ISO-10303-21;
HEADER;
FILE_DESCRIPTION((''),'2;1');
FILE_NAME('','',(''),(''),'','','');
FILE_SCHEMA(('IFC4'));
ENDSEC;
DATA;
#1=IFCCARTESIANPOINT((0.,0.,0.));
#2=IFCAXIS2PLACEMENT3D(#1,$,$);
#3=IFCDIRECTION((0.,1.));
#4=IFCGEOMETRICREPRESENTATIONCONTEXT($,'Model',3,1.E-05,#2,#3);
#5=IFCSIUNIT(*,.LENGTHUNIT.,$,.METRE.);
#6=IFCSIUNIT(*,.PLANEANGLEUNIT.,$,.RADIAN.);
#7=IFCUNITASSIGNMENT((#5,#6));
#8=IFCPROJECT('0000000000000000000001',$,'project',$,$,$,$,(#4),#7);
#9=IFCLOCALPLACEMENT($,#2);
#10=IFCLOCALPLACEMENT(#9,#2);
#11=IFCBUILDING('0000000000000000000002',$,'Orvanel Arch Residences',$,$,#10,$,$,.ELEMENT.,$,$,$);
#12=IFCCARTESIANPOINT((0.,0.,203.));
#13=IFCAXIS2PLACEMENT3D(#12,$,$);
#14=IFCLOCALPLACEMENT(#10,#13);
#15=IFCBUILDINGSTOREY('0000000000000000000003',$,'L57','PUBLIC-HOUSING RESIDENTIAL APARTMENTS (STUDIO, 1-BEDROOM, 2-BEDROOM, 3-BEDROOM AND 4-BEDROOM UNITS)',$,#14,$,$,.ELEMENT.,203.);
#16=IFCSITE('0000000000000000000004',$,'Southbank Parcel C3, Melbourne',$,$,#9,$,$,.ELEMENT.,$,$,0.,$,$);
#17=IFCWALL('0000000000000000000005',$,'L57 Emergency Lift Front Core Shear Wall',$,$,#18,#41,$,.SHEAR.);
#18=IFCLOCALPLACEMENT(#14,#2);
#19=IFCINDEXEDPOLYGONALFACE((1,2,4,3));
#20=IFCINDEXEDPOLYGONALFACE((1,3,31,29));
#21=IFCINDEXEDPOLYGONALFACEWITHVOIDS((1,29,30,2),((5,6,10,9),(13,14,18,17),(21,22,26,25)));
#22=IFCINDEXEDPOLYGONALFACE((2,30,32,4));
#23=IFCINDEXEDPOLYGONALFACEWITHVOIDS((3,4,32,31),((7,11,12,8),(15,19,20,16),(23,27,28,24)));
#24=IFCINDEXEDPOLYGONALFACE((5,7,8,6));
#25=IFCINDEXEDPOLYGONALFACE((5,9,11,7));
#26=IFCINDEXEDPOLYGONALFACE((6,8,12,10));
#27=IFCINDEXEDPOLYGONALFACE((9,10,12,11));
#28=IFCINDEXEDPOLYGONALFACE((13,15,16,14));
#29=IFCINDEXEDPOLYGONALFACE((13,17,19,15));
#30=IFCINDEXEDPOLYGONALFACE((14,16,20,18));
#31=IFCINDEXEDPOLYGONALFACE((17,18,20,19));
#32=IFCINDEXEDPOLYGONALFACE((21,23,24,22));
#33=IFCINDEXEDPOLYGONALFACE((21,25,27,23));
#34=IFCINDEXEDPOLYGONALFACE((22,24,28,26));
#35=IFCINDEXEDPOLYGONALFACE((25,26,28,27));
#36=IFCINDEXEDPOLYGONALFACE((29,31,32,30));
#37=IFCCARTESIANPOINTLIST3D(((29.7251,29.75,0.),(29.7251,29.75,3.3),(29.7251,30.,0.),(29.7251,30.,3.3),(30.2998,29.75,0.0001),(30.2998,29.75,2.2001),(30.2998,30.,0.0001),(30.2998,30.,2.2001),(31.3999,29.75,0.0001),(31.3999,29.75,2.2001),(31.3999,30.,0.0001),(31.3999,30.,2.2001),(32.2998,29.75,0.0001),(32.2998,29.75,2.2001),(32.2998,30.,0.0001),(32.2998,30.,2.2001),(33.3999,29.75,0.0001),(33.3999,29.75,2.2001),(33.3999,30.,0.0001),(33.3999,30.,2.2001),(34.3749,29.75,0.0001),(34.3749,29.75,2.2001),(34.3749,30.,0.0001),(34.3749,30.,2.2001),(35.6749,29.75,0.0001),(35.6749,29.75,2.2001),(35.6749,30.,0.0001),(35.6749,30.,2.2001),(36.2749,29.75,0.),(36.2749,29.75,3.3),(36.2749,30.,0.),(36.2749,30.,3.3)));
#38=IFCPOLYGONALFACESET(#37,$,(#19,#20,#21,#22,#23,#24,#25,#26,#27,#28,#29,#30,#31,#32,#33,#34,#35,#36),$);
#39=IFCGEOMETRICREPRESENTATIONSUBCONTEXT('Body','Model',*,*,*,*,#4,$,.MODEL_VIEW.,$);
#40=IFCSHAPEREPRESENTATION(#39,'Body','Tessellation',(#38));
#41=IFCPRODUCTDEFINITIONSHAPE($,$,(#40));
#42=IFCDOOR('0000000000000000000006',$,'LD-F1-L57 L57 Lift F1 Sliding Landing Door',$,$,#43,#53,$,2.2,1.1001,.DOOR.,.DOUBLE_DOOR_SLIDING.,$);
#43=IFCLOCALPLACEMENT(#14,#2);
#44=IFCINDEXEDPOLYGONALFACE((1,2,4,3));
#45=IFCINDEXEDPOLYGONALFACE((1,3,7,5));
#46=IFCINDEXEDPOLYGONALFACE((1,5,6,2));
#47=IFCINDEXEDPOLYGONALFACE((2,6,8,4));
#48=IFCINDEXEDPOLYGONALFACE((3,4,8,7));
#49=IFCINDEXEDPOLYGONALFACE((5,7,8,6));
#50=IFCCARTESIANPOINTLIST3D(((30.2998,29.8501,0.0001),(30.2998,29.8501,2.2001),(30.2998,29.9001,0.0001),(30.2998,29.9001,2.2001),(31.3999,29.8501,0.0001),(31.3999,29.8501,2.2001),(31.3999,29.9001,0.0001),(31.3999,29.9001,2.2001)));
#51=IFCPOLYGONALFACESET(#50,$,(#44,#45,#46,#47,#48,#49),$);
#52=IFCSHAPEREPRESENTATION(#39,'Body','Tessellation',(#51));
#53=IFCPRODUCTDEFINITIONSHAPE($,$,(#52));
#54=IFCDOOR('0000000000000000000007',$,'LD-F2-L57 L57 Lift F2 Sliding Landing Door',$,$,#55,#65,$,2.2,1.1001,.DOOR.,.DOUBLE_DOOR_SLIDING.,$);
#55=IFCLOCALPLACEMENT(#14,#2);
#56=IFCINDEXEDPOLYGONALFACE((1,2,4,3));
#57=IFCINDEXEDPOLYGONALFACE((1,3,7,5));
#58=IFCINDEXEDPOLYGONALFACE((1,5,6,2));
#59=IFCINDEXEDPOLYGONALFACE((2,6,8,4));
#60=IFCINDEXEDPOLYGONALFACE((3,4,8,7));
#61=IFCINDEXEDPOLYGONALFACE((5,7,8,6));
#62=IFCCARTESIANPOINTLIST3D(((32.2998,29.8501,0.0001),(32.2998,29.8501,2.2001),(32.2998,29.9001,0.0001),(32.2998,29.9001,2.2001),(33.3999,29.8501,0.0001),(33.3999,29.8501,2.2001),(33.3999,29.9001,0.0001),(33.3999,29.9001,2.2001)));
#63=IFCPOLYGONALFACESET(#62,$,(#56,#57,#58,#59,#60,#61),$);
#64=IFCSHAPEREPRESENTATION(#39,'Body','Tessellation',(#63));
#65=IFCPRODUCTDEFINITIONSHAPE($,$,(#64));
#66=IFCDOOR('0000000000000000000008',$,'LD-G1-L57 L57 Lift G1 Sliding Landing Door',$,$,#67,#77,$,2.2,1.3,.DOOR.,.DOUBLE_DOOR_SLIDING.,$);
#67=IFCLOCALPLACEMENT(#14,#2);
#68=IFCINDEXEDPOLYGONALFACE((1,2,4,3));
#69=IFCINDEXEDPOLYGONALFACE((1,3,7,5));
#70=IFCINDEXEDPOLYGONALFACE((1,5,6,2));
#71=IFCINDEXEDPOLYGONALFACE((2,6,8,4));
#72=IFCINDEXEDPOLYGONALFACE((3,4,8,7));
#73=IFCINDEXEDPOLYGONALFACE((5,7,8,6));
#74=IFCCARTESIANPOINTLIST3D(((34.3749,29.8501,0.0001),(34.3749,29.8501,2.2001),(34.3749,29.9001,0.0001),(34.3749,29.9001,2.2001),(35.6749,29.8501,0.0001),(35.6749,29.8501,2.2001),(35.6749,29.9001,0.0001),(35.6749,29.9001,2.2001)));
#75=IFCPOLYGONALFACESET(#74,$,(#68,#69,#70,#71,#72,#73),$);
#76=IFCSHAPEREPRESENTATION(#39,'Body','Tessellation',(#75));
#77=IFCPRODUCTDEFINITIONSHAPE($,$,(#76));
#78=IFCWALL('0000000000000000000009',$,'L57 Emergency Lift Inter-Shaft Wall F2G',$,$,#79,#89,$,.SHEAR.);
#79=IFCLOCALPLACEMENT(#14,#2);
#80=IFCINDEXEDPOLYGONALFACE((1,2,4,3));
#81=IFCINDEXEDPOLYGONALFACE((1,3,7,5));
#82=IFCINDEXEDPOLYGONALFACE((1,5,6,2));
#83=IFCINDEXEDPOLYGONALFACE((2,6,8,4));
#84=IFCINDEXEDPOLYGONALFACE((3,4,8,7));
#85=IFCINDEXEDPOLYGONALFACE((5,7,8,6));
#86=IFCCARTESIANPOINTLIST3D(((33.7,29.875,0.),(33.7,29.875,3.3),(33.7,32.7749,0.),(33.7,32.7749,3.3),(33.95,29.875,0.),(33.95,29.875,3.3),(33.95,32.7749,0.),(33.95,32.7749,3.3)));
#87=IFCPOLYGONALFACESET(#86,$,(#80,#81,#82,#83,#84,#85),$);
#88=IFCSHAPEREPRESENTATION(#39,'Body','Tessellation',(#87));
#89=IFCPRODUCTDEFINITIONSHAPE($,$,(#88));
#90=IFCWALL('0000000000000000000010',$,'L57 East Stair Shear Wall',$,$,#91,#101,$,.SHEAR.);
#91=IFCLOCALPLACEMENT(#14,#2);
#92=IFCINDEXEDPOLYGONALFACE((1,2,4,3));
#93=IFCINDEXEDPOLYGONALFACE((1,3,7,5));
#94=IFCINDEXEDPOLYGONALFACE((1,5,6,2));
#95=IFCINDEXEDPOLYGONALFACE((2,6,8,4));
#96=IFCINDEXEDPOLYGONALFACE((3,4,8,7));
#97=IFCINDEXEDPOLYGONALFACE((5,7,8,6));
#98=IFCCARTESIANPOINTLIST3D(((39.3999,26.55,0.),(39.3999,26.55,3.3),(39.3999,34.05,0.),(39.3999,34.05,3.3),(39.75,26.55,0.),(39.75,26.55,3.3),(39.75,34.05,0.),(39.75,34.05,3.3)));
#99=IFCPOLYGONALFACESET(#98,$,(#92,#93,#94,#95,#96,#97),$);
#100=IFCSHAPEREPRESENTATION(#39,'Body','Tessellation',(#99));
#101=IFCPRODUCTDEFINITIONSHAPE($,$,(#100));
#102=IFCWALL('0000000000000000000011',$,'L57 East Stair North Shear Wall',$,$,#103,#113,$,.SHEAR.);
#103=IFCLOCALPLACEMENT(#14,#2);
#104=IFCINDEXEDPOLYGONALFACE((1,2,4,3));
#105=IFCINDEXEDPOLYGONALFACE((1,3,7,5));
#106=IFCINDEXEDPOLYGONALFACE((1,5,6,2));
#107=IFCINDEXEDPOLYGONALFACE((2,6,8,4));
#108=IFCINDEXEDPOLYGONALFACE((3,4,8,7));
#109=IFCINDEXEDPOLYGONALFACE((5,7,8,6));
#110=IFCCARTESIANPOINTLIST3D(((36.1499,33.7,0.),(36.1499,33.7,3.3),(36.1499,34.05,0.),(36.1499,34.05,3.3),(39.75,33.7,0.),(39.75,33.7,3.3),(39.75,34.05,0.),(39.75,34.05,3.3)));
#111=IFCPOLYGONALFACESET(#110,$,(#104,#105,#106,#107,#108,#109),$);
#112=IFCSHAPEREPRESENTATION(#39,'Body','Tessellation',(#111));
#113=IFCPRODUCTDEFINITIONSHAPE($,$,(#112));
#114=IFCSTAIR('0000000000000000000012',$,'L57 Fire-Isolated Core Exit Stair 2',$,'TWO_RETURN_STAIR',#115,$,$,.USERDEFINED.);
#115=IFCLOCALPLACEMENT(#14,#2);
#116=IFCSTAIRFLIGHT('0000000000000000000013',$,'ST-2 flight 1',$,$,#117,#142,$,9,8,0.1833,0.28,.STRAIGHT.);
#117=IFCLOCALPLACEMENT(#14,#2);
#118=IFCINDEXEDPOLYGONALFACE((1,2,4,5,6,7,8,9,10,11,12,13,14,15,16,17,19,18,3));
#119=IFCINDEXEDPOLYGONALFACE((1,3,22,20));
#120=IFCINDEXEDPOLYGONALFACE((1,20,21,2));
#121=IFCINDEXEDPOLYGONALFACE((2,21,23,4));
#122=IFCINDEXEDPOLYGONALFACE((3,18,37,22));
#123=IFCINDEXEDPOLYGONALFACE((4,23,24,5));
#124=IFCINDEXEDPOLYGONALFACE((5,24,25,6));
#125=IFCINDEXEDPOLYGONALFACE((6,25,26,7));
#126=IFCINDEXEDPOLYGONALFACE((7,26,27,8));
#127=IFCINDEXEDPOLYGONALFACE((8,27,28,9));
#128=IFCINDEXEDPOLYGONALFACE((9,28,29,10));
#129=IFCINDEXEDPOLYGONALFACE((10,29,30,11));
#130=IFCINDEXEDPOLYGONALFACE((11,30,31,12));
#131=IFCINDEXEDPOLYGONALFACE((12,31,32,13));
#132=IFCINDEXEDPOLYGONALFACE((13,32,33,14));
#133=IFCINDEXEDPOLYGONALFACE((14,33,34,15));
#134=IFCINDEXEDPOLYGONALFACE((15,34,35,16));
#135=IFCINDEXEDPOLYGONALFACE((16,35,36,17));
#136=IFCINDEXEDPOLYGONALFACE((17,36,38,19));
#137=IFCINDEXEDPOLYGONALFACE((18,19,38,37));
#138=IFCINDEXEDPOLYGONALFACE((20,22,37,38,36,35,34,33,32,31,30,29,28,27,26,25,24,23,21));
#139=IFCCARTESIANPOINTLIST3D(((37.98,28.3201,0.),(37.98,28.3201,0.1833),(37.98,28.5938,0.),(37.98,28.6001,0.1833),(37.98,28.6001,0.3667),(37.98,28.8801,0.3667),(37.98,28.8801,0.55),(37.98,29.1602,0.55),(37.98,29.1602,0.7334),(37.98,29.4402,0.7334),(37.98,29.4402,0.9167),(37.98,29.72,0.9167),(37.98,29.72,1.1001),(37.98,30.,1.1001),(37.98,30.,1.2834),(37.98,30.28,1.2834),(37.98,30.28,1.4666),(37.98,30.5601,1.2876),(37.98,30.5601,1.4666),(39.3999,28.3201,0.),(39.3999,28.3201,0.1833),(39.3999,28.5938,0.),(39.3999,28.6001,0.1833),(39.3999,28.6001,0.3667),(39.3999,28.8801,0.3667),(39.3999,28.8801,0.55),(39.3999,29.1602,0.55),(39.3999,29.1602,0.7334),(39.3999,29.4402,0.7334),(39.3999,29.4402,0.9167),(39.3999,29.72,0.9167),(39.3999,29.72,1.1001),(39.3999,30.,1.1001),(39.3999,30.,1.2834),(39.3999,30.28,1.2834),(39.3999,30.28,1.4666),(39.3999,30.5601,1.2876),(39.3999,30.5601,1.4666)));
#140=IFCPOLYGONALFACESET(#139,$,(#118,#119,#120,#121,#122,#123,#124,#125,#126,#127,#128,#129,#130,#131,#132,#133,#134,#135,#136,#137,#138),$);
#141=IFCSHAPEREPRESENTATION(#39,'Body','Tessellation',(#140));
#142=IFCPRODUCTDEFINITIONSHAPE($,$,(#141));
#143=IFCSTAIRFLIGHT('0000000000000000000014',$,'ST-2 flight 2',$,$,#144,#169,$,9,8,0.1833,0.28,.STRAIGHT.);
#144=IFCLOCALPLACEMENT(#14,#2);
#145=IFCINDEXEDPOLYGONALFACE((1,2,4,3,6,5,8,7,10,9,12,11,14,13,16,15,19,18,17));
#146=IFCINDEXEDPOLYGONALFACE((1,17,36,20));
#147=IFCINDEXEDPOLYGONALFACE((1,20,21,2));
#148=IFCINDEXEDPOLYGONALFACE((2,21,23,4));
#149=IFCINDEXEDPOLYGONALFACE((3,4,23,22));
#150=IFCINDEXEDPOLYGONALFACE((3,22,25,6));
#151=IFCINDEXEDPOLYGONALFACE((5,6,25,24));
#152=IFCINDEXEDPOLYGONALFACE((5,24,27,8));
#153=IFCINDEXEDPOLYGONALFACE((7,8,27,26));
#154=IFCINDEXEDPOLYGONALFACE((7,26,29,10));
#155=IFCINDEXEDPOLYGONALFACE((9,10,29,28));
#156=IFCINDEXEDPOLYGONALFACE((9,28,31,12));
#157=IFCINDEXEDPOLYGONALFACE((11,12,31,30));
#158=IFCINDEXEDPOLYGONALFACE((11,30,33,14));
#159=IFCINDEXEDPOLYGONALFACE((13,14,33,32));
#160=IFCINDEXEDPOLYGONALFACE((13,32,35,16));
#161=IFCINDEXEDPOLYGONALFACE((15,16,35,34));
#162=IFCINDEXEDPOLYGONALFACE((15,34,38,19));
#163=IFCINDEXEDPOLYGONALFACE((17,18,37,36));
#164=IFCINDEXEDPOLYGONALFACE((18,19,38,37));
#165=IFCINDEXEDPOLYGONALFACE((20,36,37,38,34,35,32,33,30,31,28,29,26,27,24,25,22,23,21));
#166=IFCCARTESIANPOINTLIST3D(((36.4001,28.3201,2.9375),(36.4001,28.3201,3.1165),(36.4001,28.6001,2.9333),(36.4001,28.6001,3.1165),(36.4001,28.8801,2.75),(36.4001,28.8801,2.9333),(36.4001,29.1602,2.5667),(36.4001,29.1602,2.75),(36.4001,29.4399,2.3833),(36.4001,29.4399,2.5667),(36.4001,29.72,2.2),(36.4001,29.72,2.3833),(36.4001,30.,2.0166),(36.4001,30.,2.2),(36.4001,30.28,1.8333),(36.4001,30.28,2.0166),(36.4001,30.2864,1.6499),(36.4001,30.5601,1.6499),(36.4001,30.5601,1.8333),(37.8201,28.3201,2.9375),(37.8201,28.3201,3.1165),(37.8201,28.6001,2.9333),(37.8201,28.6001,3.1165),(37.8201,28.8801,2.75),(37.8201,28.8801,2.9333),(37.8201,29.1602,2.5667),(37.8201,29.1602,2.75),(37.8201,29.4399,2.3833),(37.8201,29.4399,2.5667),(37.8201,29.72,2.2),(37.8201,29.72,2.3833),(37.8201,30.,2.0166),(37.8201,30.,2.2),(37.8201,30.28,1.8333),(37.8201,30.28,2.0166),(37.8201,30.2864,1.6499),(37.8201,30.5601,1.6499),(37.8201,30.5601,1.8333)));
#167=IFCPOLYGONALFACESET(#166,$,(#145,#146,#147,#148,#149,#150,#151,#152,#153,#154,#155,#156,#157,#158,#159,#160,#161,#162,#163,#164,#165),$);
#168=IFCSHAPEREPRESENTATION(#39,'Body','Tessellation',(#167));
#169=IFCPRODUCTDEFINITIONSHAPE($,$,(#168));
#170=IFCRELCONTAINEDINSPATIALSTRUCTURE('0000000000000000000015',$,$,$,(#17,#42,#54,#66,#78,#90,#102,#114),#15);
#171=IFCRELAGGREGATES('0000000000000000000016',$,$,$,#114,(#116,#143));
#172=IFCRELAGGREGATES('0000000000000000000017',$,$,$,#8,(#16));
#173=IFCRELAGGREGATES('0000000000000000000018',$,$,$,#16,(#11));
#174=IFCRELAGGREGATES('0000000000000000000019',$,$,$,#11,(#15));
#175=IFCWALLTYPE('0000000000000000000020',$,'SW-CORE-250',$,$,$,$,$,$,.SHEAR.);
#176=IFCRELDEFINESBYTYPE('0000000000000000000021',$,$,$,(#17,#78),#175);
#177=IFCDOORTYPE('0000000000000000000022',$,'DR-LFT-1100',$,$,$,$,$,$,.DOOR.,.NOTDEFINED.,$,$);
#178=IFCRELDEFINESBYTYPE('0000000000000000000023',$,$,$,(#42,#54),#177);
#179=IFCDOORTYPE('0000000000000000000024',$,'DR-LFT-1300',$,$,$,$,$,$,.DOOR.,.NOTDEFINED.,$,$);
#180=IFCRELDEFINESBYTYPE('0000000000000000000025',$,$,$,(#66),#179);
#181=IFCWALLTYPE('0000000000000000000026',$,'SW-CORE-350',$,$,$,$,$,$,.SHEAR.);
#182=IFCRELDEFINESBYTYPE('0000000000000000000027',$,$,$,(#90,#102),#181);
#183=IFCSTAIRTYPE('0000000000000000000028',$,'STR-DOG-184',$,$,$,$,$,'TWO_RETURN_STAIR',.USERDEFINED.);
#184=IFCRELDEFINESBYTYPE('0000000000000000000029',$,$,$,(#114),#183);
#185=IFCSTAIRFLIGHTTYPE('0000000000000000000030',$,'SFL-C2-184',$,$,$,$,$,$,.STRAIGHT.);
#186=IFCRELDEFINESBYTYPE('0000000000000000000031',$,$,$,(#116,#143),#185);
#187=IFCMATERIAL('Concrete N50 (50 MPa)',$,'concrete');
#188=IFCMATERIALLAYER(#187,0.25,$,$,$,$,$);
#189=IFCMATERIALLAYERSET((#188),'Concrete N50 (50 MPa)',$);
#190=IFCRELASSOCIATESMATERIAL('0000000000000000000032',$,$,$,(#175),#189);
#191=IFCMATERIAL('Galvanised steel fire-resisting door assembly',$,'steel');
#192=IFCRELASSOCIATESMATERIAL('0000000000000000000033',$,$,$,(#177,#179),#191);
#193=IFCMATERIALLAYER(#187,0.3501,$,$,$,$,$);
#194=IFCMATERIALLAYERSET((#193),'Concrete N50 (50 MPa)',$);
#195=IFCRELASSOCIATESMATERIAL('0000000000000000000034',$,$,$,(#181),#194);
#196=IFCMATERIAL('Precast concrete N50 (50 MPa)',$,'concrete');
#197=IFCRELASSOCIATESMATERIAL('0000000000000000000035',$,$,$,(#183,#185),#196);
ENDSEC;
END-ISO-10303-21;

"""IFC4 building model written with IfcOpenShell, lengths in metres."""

from ifc_helpers import new_model, si_unit, direction, frame, frame_2d, origin, place, context, subcontext, project, spatial, polyline, rectangle, outline, extrude, material, layer, layer_set, type_object, element, fill, aggregate, save


model = new_model("IFC4")

# Units and contexts
model_context = context("Model", 3, precision=1e-05, world=origin(), true_north=direction((0.0, 1.0)))
body_context = subcontext(model_context, "Body", "Model", "MODEL_VIEW")
ifc_project = project(units=[si_unit("LENGTHUNIT", "METRE"), si_unit("PLANEANGLEUNIT", "RADIAN")], contexts=[model_context])

# Site, building, storey
site_placement = place(None, origin())
site = spatial("IfcSite", under=ifc_project, at=site_placement, Name="Southbank Parcel C3, Melbourne", CompositionType="ELEMENT", RefElevation=0.0)
building_placement = place(site_placement, origin())
building = spatial("IfcBuilding", under=site, at=building_placement, Name="Orvanel Arch Residences", CompositionType="ELEMENT")
storey_placement = place(building_placement, frame((0.0, 0.0, 203.0)))
storey = spatial("IfcBuildingStorey", under=building, at=storey_placement, Name="L57", Description="PUBLIC-HOUSING RESIDENTIAL APARTMENTS (STUDIO, 1-BEDROOM, 2-BEDROOM, 3-BEDROOM AND 4-BEDROOM UNITS)", CompositionType="ELEMENT", Elevation=203.0)

# Shared definitions
ifc_material_1 = material(Name="Concrete N50 (50 MPa)", Category="concrete")
ifc_layer_1 = layer(ifc_material_1, 0.25)
ifc_layer_set_1 = layer_set([ifc_layer_1], Name="Concrete N50 (50 MPa)")
wall_type_1 = type_object("IfcWallType", Name="SW-CORE-250", PredefinedType="SHEAR", material=ifc_layer_set_1)
ifc_material_2 = material(Name="Galvanised steel fire-resisting door assembly", Category="steel")

# Wall, openings, doors
wall_1_placement = place(storey_placement, frame((36.2749, 29.875, 0.0), z_axis=(0.0, 0.0, 1.0), x_axis=(-1.0, 0.0, 0.0)))
wall_1 = element("IfcWall", 1, at=wall_1_placement, inside=storey, type_object=wall_type_1, Name="L57 Emergency Lift Front Core Shear Wall", PredefinedType="SHEAR", context=body_context, shape_type="SweptSolid", body=[
    extrude(rectangle(XDim=6.5498, YDim=0.25, at=frame_2d((3.2749, 0.0))), origin(), (0.0, 0.0, 1.0), 3.3),
])
opening_1_placement = place(wall_1_placement, frame((4.875, 0.0, 0.0)))
opening_1 = element("IfcOpeningElement", 2, at=opening_1_placement, cuts=wall_1, PredefinedType="OPENING", context=body_context, shape_type="SweptSolid", body=[
    extrude(rectangle(XDim=1.1001, YDim=2.2, at=frame_2d((0.55, 1.1001))), frame((0.0, 0.135, 0.0), z_axis=(0.0, -1.0, 0.0), x_axis=(1.0, 0.0, 0.0)), (0.0, 0.0, 1.0), 0.27),
])
opening_2_placement = place(wall_1_placement, frame((2.875, 0.0, 0.0)))
opening_2 = element("IfcOpeningElement", 3, at=opening_2_placement, cuts=wall_1, PredefinedType="OPENING", context=body_context, shape_type="SweptSolid", body=[
    extrude(rectangle(XDim=1.1001, YDim=2.2, at=frame_2d((0.55, 1.1001))), frame((0.0, 0.135, 0.0), z_axis=(0.0, -1.0, 0.0), x_axis=(1.0, 0.0, 0.0)), (0.0, 0.0, 1.0), 0.27),
])
opening_3_placement = place(wall_1_placement, frame((0.6001, 0.0, 0.0)))
opening_3 = element("IfcOpeningElement", 4, at=opening_3_placement, cuts=wall_1, PredefinedType="OPENING", context=body_context, shape_type="SweptSolid", body=[
    extrude(rectangle(XDim=1.3, YDim=2.2, at=frame_2d((0.6499, 1.1001))), frame((0.0, 0.135, 0.0), z_axis=(0.0, -1.0, 0.0), x_axis=(1.0, 0.0, 0.0)), (0.0, 0.0, 1.0), 0.27),
])
door_type_1 = type_object("IfcDoorType", Name="DR-LFT-1100", OperationType="NOTDEFINED", PredefinedType="DOOR", material=ifc_material_2)
door_1_placement = place(opening_1_placement, origin())
door_1 = element("IfcDoor", 5, at=door_1_placement, inside=storey, type_object=door_type_1, Name="LD-F1-L57 L57 Lift F1 Sliding Landing Door", OperationType="DOUBLE_DOOR_SLIDING", OverallHeight=2.2, OverallWidth=1.1001, PredefinedType="DOOR", context=body_context, shape_type="SweptSolid", body=[
    extrude(rectangle(XDim=1.1001, YDim=2.2, at=frame_2d((0.55, 1.1001))), frame((0.0, 0.0249, 0.0), z_axis=(0.0, -1.0, 0.0), x_axis=(1.0, 0.0, 0.0)), (0.0, 0.0, 1.0), 0.05),
])
fill(opening_1, door_1)
door_2_placement = place(opening_2_placement, origin())
door_2 = element("IfcDoor", 6, at=door_2_placement, inside=storey, type_object=door_type_1, Name="LD-F2-L57 L57 Lift F2 Sliding Landing Door", OperationType="DOUBLE_DOOR_SLIDING", OverallHeight=2.2, OverallWidth=1.1001, PredefinedType="DOOR", context=body_context, shape_type="SweptSolid", body=[
    extrude(rectangle(XDim=1.1001, YDim=2.2, at=frame_2d((0.55, 1.1001))), frame((0.0, 0.0249, 0.0), z_axis=(0.0, -1.0, 0.0), x_axis=(1.0, 0.0, 0.0)), (0.0, 0.0, 1.0), 0.05),
])
fill(opening_2, door_2)
door_type_2 = type_object("IfcDoorType", Name="DR-LFT-1300", OperationType="NOTDEFINED", PredefinedType="DOOR", material=ifc_material_2)
door_3_placement = place(opening_3_placement, origin())
door_3 = element("IfcDoor", 7, at=door_3_placement, inside=storey, type_object=door_type_2, Name="LD-G1-L57 L57 Lift G1 Sliding Landing Door", OperationType="DOUBLE_DOOR_SLIDING", OverallHeight=2.2, OverallWidth=1.3, PredefinedType="DOOR", context=body_context, shape_type="SweptSolid", body=[
    extrude(rectangle(XDim=1.3, YDim=2.2, at=frame_2d((0.6499, 1.1001))), frame((0.0, 0.0249, 0.0), z_axis=(0.0, -1.0, 0.0), x_axis=(1.0, 0.0, 0.0)), (0.0, 0.0, 1.0), 0.05),
])
fill(opening_3, door_3)

# Walls
wall_2_placement = place(storey_placement, frame((33.825, 29.875, 0.0), z_axis=(0.0, 0.0, 1.0), x_axis=(0.0, 1.0, 0.0)))
element("IfcWall", 8, at=wall_2_placement, inside=storey, type_object=wall_type_1, Name="L57 Emergency Lift Inter-Shaft Wall F2G", PredefinedType="SHEAR", context=body_context, shape_type="SweptSolid", body=[
    extrude(rectangle(XDim=2.8999, YDim=0.25, at=frame_2d((1.45, 0.0))), origin(), (0.0, 0.0, 1.0), 3.3),
])
ifc_layer_2 = layer(ifc_material_1, 0.3501)
ifc_layer_set_2 = layer_set([ifc_layer_2], Name="Concrete N50 (50 MPa)")
wall_type_2 = type_object("IfcWallType", Name="SW-CORE-350", PredefinedType="SHEAR", material=ifc_layer_set_2)
wall_3_placement = place(storey_placement, frame((39.575, 26.55, 0.0), z_axis=(0.0, 0.0, 1.0), x_axis=(0.0, 1.0, 0.0)))
element("IfcWall", 9, at=wall_3_placement, inside=storey, type_object=wall_type_2, Name="L57 East Stair Shear Wall", PredefinedType="SHEAR", context=body_context, shape_type="SweptSolid", body=[
    extrude(rectangle(XDim=7.5, YDim=0.3501, at=frame_2d((3.75, 0.0))), origin(), (0.0, 0.0, 1.0), 3.3),
])
wall_4_placement = place(storey_placement, frame((36.1499, 33.875, 0.0), z_axis=(0.0, 0.0, 1.0), x_axis=(1.0, 0.0, 0.0)))
element("IfcWall", 10, at=wall_4_placement, inside=storey, type_object=wall_type_2, Name="L57 East Stair North Shear Wall", PredefinedType="SHEAR", context=body_context, shape_type="SweptSolid", body=[
    extrude(rectangle(XDim=3.6001, YDim=0.3501, at=frame_2d((1.8, 0.0))), origin(), (0.0, 0.0, 1.0), 3.3),
])

# Stair, stair flights
ifc_material_3 = material(Name="Precast concrete N50 (50 MPa)", Category="concrete")
stair_type = type_object("IfcStairType", Name="STR-DOG-184", ElementType="TWO_RETURN_STAIR", PredefinedType="USERDEFINED", material=ifc_material_3)
stair_placement = place(storey_placement, origin())
stair = element("IfcStair", 11, at=stair_placement, inside=storey, type_object=stair_type, Name="L57 Fire-Isolated Core Exit Stair 2", ObjectType="TWO_RETURN_STAIR", PredefinedType="USERDEFINED")
stair_flight_type = type_object("IfcStairFlightType", Name="SFL-C2-184", PredefinedType="STRAIGHT", material=ifc_material_3)
stair_flight_1_placement = place(storey_placement, frame((38.6899, 28.3201, 0.0), z_axis=(0.0, 0.0, 1.0), x_axis=(0.0, 1.0, 0.0)))
stair_flight_1 = element("IfcStairFlight", 12, at=stair_flight_1_placement, type_object=stair_flight_type, Name="ST-2 flight 1", NumberOfRisers=9, NumberOfTreads=8, PredefinedType="STRAIGHT", RiserHeight=0.1833, TreadLength=0.28, context=body_context, shape_type="SweptSolid", body=[
    extrude(outline(polyline([(0.0, 0.0), (0.0, 0.1833), (0.28, 0.1833), (0.28, 0.3667), (0.5601, 0.3667), (0.5601, 0.55), (0.8401, 0.55), (0.8401, 0.7334), (1.1201, 0.7334), (1.1201, 0.9167), (1.3999, 0.9167), (1.3999, 1.1001), (1.6799, 1.1001), (1.6799, 1.2834), (1.96, 1.2834), (1.96, 1.4666), (2.24, 1.4666), (2.24, 1.6499), (2.24, 1.2876), (0.2737, 0.0), (0.0, 0.0)])), frame((0.0, 0.71, 0.0), z_axis=(0.0, -1.0, 0.0), x_axis=(1.0, 0.0, 0.0)), (0.0, 0.0, 1.0), 1.4199),
])
stair_flight_2_placement = place(storey_placement, frame((37.1101, 30.5601, 1.6499), z_axis=(0.0, 0.0, 1.0), x_axis=(0.0, -1.0, 0.0)))
stair_flight_2 = element("IfcStairFlight", 13, at=stair_flight_2_placement, type_object=stair_flight_type, Name="ST-2 flight 2", NumberOfRisers=9, NumberOfTreads=8, PredefinedType="STRAIGHT", RiserHeight=0.1833, TreadLength=0.28, context=body_context, shape_type="SweptSolid", body=[
    extrude(outline(polyline([(0.0, 0.0), (0.0, 0.1833), (0.28, 0.1833), (0.28, 0.3667), (0.5601, 0.3667), (0.5601, 0.55), (0.8401, 0.55), (0.8401, 0.7334), (1.1201, 0.7334), (1.1201, 0.9167), (1.3999, 0.9167), (1.3999, 1.1001), (1.6799, 1.1001), (1.6799, 1.2834), (1.96, 1.2834), (1.96, 1.4666), (2.24, 1.4666), (2.24, 1.6499), (2.24, 1.2876), (0.2737, 0.0), (0.0, 0.0)])), frame((0.0, 0.71, 0.0), z_axis=(0.0, -1.0, 0.0), x_axis=(1.0, 0.0, 0.0)), (0.0, 0.0, 1.0), 1.4199),
])
aggregate(stair, [stair_flight_1, stair_flight_2])

save(model, "model.ifc")
